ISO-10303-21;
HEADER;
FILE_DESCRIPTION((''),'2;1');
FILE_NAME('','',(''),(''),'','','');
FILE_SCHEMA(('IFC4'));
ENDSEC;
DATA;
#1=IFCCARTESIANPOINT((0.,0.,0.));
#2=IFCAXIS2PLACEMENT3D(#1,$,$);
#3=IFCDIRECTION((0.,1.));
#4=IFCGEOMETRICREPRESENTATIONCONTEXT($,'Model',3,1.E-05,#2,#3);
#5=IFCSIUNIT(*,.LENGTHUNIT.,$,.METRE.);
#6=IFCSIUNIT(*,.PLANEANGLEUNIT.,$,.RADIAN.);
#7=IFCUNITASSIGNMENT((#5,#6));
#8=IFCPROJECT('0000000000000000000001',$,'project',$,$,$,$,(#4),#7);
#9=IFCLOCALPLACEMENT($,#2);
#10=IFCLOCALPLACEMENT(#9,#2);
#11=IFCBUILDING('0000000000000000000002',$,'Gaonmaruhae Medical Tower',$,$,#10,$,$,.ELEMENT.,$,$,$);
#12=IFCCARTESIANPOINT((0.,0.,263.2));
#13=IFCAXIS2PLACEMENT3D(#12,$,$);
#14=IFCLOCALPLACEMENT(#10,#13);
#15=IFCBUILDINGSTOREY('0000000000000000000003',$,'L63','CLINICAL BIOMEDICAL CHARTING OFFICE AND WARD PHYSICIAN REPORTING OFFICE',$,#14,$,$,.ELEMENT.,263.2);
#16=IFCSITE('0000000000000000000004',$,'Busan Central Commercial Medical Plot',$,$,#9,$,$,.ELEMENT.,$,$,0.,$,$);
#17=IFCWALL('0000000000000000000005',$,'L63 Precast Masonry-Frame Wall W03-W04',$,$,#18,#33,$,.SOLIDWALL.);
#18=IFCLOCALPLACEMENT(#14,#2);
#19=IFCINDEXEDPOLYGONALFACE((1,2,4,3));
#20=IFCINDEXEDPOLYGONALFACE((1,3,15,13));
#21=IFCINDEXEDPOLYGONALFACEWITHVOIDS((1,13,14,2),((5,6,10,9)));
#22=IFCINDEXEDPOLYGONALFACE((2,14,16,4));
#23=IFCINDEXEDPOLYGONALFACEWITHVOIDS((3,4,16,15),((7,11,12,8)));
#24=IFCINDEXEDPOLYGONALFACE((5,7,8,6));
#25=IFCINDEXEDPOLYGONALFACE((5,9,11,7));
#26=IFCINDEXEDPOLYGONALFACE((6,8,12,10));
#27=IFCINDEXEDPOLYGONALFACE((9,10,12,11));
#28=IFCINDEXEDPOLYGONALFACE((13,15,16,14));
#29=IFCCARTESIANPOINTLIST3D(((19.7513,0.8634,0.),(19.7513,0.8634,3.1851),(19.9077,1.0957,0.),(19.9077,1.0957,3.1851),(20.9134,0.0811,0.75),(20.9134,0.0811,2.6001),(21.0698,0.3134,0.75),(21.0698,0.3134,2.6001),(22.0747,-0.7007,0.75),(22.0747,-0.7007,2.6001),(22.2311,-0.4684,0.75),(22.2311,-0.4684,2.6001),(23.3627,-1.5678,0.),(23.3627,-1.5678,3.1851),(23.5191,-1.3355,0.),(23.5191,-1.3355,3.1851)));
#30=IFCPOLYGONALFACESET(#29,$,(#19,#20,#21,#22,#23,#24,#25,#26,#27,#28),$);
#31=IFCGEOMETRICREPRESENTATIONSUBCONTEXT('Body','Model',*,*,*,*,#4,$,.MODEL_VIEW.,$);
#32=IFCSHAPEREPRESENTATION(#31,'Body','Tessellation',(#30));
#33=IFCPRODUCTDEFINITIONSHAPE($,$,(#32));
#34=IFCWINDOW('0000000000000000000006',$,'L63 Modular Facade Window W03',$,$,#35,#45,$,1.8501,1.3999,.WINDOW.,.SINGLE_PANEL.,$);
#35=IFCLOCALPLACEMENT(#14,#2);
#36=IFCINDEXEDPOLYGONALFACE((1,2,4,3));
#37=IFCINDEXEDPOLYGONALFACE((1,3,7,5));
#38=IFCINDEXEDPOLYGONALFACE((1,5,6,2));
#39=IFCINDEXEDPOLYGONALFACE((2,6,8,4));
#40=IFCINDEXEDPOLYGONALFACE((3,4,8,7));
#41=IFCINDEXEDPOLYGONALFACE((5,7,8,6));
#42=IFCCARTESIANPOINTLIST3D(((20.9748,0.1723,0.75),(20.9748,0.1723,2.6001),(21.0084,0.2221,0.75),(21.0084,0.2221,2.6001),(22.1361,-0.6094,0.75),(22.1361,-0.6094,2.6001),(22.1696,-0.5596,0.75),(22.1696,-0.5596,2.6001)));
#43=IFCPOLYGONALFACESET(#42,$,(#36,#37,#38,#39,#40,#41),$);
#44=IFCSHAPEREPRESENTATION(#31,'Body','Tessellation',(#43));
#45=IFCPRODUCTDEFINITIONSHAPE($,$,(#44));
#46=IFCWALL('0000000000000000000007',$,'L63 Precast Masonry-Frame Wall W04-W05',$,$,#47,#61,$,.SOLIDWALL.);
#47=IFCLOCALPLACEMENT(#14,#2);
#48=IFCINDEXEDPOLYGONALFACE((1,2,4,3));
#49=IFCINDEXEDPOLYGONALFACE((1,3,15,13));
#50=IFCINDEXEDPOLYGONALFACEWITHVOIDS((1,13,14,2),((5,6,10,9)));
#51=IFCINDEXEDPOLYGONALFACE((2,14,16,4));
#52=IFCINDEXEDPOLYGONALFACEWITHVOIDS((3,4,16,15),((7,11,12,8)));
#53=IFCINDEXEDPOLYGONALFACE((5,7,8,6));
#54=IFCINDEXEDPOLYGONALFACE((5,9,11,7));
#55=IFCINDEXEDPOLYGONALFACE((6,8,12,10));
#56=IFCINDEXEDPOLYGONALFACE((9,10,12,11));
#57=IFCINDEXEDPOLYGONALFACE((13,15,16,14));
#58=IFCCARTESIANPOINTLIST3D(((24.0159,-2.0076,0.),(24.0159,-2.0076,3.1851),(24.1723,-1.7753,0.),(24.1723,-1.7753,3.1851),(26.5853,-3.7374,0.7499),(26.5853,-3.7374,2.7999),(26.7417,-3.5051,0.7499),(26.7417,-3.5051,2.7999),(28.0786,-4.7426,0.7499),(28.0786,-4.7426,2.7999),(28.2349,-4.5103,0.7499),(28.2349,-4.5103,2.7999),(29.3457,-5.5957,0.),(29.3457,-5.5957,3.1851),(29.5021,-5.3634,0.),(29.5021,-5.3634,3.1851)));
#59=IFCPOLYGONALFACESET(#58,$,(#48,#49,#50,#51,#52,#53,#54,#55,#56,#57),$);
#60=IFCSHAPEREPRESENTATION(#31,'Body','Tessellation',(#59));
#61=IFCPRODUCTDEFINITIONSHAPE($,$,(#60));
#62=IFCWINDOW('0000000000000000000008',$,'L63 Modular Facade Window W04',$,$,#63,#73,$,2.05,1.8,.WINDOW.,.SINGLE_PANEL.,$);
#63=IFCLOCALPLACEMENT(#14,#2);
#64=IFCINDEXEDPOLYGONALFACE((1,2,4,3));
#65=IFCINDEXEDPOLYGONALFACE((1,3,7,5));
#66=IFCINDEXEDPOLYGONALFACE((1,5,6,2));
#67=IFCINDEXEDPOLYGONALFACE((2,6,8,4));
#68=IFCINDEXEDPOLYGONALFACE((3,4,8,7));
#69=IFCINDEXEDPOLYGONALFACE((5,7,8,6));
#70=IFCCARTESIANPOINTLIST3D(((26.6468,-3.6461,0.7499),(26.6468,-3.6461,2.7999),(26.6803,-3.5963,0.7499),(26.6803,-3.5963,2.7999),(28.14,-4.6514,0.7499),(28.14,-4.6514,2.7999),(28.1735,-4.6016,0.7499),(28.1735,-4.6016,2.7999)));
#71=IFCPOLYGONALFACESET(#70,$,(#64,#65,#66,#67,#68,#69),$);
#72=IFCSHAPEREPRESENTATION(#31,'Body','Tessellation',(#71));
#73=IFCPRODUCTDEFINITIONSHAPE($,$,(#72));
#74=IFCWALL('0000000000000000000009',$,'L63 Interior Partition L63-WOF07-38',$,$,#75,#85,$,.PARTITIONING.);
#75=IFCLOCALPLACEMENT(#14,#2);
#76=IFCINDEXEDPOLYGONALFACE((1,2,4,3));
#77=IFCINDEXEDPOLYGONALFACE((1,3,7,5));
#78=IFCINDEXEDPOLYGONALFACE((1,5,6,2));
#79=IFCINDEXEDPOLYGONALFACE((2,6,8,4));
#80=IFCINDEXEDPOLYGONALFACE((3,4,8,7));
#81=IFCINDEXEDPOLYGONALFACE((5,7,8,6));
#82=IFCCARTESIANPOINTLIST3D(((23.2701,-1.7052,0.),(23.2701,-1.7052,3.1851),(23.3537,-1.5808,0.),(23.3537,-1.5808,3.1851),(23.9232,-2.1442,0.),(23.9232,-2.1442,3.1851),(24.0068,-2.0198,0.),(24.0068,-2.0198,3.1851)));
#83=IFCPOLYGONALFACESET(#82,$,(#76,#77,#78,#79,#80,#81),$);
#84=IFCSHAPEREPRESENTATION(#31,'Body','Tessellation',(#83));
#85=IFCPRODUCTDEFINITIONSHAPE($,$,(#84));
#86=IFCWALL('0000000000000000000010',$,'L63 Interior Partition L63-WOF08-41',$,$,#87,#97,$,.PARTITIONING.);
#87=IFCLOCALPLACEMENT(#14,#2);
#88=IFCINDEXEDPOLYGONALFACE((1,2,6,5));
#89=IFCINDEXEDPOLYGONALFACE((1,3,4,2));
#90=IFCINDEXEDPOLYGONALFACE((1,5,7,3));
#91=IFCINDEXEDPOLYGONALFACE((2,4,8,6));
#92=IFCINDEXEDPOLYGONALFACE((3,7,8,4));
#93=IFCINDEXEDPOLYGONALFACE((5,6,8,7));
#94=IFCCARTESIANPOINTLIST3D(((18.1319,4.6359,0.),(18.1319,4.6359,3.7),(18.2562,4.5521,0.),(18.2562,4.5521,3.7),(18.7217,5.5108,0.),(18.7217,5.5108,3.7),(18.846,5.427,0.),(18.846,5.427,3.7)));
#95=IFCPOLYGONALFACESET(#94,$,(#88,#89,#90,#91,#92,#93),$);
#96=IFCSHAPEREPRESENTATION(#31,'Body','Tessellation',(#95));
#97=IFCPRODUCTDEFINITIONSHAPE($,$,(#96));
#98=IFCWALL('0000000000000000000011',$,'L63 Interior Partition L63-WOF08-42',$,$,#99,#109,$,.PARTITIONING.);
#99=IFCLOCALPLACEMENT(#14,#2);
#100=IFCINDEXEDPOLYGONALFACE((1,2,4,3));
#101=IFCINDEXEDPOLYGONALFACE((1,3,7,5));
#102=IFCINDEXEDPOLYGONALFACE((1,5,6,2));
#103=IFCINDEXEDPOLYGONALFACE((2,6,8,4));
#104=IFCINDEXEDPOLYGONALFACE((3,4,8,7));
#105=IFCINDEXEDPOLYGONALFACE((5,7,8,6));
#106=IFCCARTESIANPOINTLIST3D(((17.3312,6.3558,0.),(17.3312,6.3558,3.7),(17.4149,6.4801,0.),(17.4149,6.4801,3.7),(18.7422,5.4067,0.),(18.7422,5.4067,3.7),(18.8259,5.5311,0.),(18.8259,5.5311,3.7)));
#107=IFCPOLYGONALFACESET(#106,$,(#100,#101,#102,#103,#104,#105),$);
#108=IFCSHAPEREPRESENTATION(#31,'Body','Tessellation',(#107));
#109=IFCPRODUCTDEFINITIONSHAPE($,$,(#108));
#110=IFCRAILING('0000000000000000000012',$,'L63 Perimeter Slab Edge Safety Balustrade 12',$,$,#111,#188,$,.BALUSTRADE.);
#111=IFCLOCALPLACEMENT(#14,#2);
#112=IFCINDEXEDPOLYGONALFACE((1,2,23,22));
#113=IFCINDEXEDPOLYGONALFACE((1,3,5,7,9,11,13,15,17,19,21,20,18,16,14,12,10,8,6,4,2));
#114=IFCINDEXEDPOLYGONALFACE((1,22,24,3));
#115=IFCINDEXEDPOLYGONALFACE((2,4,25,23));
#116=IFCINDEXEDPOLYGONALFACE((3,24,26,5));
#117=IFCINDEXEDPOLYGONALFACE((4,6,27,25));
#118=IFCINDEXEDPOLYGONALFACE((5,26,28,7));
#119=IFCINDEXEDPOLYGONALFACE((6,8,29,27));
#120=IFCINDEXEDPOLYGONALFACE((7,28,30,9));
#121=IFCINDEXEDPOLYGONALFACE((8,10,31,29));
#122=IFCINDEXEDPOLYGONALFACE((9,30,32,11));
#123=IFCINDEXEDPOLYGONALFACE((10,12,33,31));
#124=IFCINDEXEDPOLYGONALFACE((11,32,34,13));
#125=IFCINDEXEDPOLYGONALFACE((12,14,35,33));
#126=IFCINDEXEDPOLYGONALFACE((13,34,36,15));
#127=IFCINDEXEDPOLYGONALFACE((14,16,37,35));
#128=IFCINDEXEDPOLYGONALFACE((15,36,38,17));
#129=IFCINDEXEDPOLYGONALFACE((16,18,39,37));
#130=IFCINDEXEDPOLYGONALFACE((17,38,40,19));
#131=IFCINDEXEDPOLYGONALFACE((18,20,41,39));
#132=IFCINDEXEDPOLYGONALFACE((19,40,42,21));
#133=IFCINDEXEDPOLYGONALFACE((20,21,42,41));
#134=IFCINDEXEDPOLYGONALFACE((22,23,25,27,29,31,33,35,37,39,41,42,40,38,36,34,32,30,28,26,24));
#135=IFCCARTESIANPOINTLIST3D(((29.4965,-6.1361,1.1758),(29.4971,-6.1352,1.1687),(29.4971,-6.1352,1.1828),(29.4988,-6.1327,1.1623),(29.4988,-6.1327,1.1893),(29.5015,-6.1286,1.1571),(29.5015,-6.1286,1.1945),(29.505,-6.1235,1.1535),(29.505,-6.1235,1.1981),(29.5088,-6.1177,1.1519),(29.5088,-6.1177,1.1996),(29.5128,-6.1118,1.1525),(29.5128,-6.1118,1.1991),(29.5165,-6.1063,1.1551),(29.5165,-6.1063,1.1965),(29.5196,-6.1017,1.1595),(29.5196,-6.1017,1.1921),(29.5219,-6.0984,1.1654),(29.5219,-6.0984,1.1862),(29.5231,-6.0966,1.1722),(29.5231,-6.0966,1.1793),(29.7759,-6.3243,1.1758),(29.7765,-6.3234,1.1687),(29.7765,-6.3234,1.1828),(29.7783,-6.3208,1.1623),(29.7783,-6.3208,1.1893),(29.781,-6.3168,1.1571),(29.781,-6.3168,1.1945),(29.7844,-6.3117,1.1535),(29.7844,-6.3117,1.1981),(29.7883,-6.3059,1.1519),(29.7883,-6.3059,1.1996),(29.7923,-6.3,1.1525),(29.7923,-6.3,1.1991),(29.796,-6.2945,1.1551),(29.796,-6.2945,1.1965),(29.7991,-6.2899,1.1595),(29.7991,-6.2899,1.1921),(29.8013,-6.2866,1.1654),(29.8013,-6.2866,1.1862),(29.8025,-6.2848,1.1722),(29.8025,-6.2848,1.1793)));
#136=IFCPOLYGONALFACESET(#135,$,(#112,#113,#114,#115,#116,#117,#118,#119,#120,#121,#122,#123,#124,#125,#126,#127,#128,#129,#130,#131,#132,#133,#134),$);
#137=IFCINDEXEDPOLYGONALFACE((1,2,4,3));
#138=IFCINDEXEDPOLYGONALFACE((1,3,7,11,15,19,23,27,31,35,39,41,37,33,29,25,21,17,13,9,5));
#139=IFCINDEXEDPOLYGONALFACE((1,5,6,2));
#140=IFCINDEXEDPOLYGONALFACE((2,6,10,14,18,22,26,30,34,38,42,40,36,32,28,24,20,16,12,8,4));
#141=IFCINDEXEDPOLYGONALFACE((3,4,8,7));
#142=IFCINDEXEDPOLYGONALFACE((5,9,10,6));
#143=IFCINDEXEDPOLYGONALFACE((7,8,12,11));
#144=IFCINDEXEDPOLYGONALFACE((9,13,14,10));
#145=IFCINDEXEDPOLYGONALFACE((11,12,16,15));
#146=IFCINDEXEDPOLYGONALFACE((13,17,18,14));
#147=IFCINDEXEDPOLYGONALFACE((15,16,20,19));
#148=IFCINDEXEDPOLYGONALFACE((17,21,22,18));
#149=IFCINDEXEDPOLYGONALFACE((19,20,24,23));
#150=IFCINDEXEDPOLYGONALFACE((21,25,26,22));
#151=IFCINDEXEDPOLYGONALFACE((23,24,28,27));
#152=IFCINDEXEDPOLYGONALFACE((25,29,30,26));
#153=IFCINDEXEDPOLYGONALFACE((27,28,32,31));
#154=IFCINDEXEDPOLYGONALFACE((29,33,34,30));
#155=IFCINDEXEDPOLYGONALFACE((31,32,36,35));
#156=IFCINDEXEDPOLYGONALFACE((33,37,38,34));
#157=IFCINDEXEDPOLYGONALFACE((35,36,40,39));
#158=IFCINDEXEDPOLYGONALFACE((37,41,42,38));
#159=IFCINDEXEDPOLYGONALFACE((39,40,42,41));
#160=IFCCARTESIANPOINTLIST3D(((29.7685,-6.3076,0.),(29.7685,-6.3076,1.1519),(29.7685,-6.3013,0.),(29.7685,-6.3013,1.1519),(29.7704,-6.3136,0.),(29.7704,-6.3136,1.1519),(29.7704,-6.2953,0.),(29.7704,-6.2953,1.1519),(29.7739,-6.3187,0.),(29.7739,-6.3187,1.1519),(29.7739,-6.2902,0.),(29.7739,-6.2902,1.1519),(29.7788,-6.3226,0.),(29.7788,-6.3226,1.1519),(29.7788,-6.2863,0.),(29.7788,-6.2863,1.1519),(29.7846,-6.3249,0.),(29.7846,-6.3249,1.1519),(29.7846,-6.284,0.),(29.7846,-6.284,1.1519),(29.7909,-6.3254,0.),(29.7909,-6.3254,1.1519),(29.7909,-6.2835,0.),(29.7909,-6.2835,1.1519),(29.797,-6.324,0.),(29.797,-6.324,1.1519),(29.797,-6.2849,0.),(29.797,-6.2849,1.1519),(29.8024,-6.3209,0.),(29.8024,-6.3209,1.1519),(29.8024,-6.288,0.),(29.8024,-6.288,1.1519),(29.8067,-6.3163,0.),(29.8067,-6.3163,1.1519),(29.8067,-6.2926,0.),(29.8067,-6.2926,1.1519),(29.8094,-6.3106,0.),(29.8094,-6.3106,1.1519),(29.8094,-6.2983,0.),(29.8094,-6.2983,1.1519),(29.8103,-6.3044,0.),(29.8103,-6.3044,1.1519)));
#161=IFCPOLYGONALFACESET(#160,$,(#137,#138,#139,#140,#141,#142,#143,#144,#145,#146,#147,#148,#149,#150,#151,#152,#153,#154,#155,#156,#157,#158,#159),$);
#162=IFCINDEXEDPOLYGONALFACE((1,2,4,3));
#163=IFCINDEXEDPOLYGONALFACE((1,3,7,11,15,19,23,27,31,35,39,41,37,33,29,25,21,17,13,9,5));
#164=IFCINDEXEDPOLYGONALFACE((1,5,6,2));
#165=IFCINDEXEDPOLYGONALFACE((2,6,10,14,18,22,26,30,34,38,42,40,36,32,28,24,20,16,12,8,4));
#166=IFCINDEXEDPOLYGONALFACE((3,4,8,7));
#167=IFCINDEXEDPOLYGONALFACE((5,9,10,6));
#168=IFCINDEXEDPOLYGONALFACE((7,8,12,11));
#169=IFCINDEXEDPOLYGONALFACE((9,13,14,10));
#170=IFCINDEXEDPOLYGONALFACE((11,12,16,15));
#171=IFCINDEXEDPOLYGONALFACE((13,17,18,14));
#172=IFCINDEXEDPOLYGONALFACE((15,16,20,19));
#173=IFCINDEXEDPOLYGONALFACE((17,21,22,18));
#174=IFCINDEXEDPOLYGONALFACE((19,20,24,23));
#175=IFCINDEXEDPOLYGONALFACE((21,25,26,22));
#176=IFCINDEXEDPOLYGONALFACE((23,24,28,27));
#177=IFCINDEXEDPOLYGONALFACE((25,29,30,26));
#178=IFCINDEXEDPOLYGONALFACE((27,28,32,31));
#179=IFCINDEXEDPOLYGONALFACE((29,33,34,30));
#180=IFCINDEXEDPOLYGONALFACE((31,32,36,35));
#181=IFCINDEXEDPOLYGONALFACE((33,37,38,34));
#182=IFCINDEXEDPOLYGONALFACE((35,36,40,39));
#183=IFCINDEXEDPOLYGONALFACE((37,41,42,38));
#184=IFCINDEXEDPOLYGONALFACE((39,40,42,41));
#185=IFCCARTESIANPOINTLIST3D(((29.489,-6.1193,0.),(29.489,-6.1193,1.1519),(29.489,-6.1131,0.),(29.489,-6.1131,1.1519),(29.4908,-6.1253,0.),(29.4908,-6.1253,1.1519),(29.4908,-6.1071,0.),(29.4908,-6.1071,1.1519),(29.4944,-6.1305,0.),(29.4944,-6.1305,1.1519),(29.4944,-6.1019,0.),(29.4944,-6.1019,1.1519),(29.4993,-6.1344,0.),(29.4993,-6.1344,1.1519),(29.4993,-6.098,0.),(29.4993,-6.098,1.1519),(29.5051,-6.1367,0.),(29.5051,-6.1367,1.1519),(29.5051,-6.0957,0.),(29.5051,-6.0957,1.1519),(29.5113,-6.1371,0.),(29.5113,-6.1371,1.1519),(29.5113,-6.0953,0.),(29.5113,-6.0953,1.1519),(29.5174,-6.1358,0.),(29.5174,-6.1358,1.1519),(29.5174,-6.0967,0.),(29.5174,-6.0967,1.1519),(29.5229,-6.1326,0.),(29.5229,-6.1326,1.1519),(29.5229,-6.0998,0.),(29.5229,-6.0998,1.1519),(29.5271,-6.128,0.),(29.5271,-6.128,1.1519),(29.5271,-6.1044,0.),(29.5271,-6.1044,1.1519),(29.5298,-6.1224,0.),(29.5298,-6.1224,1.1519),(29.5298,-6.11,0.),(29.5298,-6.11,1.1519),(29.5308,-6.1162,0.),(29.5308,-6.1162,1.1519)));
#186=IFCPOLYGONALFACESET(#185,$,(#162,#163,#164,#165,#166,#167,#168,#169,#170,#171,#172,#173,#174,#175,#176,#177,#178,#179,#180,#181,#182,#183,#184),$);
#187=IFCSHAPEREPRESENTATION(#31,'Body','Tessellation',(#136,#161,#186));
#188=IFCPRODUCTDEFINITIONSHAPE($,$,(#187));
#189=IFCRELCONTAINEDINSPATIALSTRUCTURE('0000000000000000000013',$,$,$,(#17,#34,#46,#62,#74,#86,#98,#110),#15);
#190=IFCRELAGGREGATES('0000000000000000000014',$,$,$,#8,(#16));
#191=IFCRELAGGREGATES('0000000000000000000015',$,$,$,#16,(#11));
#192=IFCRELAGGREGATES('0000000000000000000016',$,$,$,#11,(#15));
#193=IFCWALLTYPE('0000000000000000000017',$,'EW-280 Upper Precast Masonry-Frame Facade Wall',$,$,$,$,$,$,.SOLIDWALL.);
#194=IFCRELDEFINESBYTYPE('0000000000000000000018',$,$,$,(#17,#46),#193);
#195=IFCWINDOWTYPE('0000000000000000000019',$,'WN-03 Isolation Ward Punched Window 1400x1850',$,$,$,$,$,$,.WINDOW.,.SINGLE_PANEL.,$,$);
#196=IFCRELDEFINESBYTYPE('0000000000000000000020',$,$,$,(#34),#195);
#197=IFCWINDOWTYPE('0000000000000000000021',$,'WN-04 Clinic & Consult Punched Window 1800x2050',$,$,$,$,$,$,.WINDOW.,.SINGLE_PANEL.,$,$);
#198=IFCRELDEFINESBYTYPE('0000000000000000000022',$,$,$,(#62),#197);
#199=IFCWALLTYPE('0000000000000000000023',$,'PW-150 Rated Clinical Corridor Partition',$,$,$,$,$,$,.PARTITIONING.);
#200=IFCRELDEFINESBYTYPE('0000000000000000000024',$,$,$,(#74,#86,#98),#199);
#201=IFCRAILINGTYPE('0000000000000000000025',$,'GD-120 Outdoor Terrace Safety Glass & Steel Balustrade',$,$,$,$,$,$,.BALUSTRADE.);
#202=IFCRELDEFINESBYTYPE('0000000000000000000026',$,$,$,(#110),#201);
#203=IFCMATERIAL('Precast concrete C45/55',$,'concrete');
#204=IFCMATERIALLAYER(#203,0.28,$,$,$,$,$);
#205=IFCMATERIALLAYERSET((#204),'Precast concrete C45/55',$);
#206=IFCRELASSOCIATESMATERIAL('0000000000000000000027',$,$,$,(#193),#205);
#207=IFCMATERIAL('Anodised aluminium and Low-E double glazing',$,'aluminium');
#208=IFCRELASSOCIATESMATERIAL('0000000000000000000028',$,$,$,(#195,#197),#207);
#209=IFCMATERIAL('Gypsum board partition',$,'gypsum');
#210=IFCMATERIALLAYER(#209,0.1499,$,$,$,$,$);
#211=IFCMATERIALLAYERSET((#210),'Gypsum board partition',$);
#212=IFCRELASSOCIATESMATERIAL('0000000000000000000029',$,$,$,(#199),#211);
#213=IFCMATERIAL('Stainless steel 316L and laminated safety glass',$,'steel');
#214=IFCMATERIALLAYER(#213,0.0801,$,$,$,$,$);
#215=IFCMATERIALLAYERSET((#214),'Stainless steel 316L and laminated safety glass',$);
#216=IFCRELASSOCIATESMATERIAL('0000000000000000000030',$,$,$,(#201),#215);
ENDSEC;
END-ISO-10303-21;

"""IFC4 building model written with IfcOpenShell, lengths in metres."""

from ifc_helpers import new_model, si_unit, direction, frame, frame_2d, origin, origin_2d, place, context, subcontext, project, spatial, rectangle, circle, extrude, material, layer, layer_set, type_object, element, fill, save


model = new_model("IFC4")

# Units and contexts
model_context = context("Model", 3, precision=1e-05, world=origin(), true_north=direction((0.0, 1.0)))
body_context = subcontext(model_context, "Body", "Model", "MODEL_VIEW")
ifc_project = project(units=[si_unit("LENGTHUNIT", "METRE"), si_unit("PLANEANGLEUNIT", "RADIAN")], contexts=[model_context])

# Site, building, storey
site_placement = place(None, origin())
site = spatial("IfcSite", under=ifc_project, at=site_placement, Name="Busan Central Commercial Medical Plot", CompositionType="ELEMENT", RefElevation=0.0)
building_placement = place(site_placement, origin())
building = spatial("IfcBuilding", under=site, at=building_placement, Name="Gaonmaruhae Medical Tower", CompositionType="ELEMENT")
storey_placement = place(building_placement, frame((0.0, 0.0, 263.2)))
storey = spatial("IfcBuildingStorey", under=building, at=storey_placement, Name="L63", Description="CLINICAL BIOMEDICAL CHARTING OFFICE AND WARD PHYSICIAN REPORTING OFFICE", CompositionType="ELEMENT", Elevation=263.2)

# Shared definitions
ifc_material_1 = material(Name="Precast concrete C45/55", Category="concrete")

# Walls, openings, windows
ifc_layer_1 = layer(ifc_material_1, 0.28)
ifc_layer_set_1 = layer_set([ifc_layer_1], Name="Precast concrete C45/55")
wall_type_1 = type_object("IfcWallType", Name="EW-280 Upper Precast Masonry-Frame Facade Wall", PredefinedType="SOLIDWALL", material=ifc_layer_set_1)
wall_1_placement = place(storey_placement, frame((23.4409, -1.4517, 0.0), z_axis=(0.0, 0.0, 1.0), x_axis=(-0.82954, 0.558448, 0.0)))
wall_1 = element("IfcWall", 1, at=wall_1_placement, inside=storey, type_object=wall_type_1, Name="L63 Precast Masonry-Frame Wall W03-W04", PredefinedType="SOLIDWALL", context=body_context, shape_type="SweptSolid", body=[
    extrude(rectangle(XDim=4.3535, YDim=0.28, at=frame_2d((2.1768, 0.0))), origin(), (0.0, 0.0, 1.0), 3.1851),
])
opening_1_placement = place(wall_1_placement, frame((1.5527, 0.0, 0.75)))
opening_1 = element("IfcOpeningElement", 2, at=opening_1_placement, cuts=wall_1, PredefinedType="OPENING", context=body_context, shape_type="SweptSolid", body=[
    extrude(rectangle(XDim=1.3999, YDim=1.8501, at=frame_2d((0.7, 0.925))), frame((0.0, 0.1499, 0.0), z_axis=(0.0, -1.0, 0.0), x_axis=(1.0, 0.0, 0.0)), (0.0, 0.0, 1.0), 0.3),
])
ifc_material_2 = material(Name="Anodised aluminium and Low-E double glazing", Category="aluminium")
window_type_1 = type_object("IfcWindowType", Name="WN-03 Isolation Ward Punched Window 1400x1850", PartitioningType="SINGLE_PANEL", PredefinedType="WINDOW", material=ifc_material_2)
window_1_placement = place(opening_1_placement, origin())
window_1 = element("IfcWindow", 3, at=window_1_placement, inside=storey, type_object=window_type_1, Name="L63 Modular Facade Window W03", OverallHeight=1.8501, OverallWidth=1.3999, PartitioningType="SINGLE_PANEL", PredefinedType="WINDOW", context=body_context, shape_type="SweptSolid", body=[
    extrude(rectangle(XDim=1.3999, YDim=1.8501, at=frame_2d((0.7, 0.925))), frame((0.0, 0.03, 0.0), z_axis=(0.0, -1.0, 0.0), x_axis=(1.0, 0.0, 0.0)), (0.0, 0.0, 1.0), 0.0601),
])
fill(opening_1, window_1)
wall_2_placement = place(storey_placement, frame((29.4238, -5.4795, 0.0), z_axis=(0.0, 0.0, 1.0), x_axis=(-0.829534, 0.558456, 0.0)))
wall_2 = element("IfcWall", 4, at=wall_2_placement, inside=storey, type_object=wall_type_1, Name="L63 Precast Masonry-Frame Wall W04-W05", PredefinedType="SOLIDWALL", context=body_context, shape_type="SweptSolid", body=[
    extrude(rectangle(XDim=6.425, YDim=0.28, at=frame_2d((3.2124, 0.0))), origin(), (0.0, 0.0, 1.0), 3.1851),
])
opening_2_placement = place(wall_2_placement, frame((1.5276, 0.0, 0.75)))
opening_2 = element("IfcOpeningElement", 5, at=opening_2_placement, cuts=wall_2, PredefinedType="OPENING", context=body_context, shape_type="SweptSolid", body=[
    extrude(rectangle(XDim=1.8, YDim=2.05, at=frame_2d((0.8999, 1.0249))), frame((0.0, 0.1499, 0.0), z_axis=(0.0, -1.0, 0.0), x_axis=(1.0, 0.0, 0.0)), (0.0, 0.0, 1.0), 0.3),
])
window_type_2 = type_object("IfcWindowType", Name="WN-04 Clinic & Consult Punched Window 1800x2050", PartitioningType="SINGLE_PANEL", PredefinedType="WINDOW", material=ifc_material_2)
window_2_placement = place(opening_2_placement, origin())
window_2 = element("IfcWindow", 6, at=window_2_placement, inside=storey, type_object=window_type_2, Name="L63 Modular Facade Window W04", OverallHeight=2.05, OverallWidth=1.8, PartitioningType="SINGLE_PANEL", PredefinedType="WINDOW", context=body_context, shape_type="SweptSolid", body=[
    extrude(rectangle(XDim=1.8, YDim=2.05, at=frame_2d((0.8999, 1.0249))), frame((0.0, 0.03, 0.0), z_axis=(0.0, -1.0, 0.0), x_axis=(1.0, 0.0, 0.0)), (0.0, 0.0, 1.0), 0.0601),
])
fill(opening_2, window_2)

# Walls
ifc_material_3 = material(Name="Gypsum board partition", Category="gypsum")
ifc_layer_2 = layer(ifc_material_3, 0.1499)
ifc_layer_set_2 = layer_set([ifc_layer_2], Name="Gypsum board partition")
wall_type_2 = type_object("IfcWallType", Name="PW-150 Rated Clinical Corridor Partition", PredefinedType="PARTITIONING", material=ifc_layer_set_2)
wall_3_placement = place(storey_placement, frame((23.9651, -2.082, 0.0), z_axis=(0.0, 0.0, 1.0), x_axis=(-0.829944, 0.557847, 0.0)))
element("IfcWall", 7, at=wall_3_placement, inside=storey, type_object=wall_type_2, Name="L63 Interior Partition L63-WOF07-38", PredefinedType="PARTITIONING", context=body_context, shape_type="SweptSolid", body=[
    extrude(rectangle(XDim=0.7869, YDim=0.1499, at=frame_2d((0.3936, 0.0))), origin(), (0.0, 0.0, 1.0), 3.1851),
])
wall_4_placement = place(storey_placement, frame((18.1941, 4.594, 0.0), z_axis=(0.0, 0.0, 1.0), x_axis=(0.558964, 0.829192, 0.0)))
element("IfcWall", 8, at=wall_4_placement, inside=storey, type_object=wall_type_2, Name="L63 Interior Partition L63-WOF08-41", PredefinedType="PARTITIONING", context=body_context, shape_type="SweptSolid", body=[
    extrude(rectangle(XDim=1.0552, YDim=0.1499, at=frame_2d((0.5276, 0.0))), origin(), (0.0, 0.0, 1.0), 3.7),
])
wall_5_placement = place(storey_placement, frame((18.7839, 5.469, 0.0), z_axis=(0.0, 0.0, 1.0), x_axis=(-0.829768, 0.558108, 0.0)))
element("IfcWall", 9, at=wall_5_placement, inside=storey, type_object=wall_type_2, Name="L63 Interior Partition L63-WOF08-42", PredefinedType="PARTITIONING", context=body_context, shape_type="SweptSolid", body=[
    extrude(rectangle(XDim=1.7004, YDim=0.1499, at=frame_2d((0.8501, 0.0))), origin(), (0.0, 0.0, 1.0), 3.7),
])

# Railing
ifc_material_4 = material(Name="Stainless steel 316L and laminated safety glass", Category="steel")
ifc_layer_3 = layer(ifc_material_4, 0.0801)
ifc_layer_set_3 = layer_set([ifc_layer_3], Name="Stainless steel 316L and laminated safety glass")
railing_type = type_object("IfcRailingType", Name="GD-120 Outdoor Terrace Safety Glass & Steel Balustrade", PredefinedType="BALUSTRADE", material=ifc_layer_set_3)
railing_1_placement = place(storey_placement, frame((29.7893, -6.3044, 0.0)))
element("IfcRailing", 10, at=railing_1_placement, inside=storey, type_object=railing_type, Name="L63 Perimeter Slab Edge Safety Balustrade 12", PredefinedType="BALUSTRADE", context=body_context, shape_type="SweptSolid", body=[
    extrude(circle(Radius=0.0239, at=origin_2d()), frame((0.0, 0.0, 1.1758), z_axis=(-0.829478, 0.558539, 0.0), x_axis=(-0.558539, -0.829478, 0.0)), (0.0, 0.0, 1.0), 0.3369),
    extrude(circle(Radius=0.021, at=origin_2d()), origin(), (0.0, 0.0, 1.0), 1.1519),
    extrude(circle(Radius=0.021, at=origin_2d()), frame((-0.2795, 0.1882, 0.0)), (0.0, 0.0, 1.0), 1.1519),
])

save(model, "model.ifc")
